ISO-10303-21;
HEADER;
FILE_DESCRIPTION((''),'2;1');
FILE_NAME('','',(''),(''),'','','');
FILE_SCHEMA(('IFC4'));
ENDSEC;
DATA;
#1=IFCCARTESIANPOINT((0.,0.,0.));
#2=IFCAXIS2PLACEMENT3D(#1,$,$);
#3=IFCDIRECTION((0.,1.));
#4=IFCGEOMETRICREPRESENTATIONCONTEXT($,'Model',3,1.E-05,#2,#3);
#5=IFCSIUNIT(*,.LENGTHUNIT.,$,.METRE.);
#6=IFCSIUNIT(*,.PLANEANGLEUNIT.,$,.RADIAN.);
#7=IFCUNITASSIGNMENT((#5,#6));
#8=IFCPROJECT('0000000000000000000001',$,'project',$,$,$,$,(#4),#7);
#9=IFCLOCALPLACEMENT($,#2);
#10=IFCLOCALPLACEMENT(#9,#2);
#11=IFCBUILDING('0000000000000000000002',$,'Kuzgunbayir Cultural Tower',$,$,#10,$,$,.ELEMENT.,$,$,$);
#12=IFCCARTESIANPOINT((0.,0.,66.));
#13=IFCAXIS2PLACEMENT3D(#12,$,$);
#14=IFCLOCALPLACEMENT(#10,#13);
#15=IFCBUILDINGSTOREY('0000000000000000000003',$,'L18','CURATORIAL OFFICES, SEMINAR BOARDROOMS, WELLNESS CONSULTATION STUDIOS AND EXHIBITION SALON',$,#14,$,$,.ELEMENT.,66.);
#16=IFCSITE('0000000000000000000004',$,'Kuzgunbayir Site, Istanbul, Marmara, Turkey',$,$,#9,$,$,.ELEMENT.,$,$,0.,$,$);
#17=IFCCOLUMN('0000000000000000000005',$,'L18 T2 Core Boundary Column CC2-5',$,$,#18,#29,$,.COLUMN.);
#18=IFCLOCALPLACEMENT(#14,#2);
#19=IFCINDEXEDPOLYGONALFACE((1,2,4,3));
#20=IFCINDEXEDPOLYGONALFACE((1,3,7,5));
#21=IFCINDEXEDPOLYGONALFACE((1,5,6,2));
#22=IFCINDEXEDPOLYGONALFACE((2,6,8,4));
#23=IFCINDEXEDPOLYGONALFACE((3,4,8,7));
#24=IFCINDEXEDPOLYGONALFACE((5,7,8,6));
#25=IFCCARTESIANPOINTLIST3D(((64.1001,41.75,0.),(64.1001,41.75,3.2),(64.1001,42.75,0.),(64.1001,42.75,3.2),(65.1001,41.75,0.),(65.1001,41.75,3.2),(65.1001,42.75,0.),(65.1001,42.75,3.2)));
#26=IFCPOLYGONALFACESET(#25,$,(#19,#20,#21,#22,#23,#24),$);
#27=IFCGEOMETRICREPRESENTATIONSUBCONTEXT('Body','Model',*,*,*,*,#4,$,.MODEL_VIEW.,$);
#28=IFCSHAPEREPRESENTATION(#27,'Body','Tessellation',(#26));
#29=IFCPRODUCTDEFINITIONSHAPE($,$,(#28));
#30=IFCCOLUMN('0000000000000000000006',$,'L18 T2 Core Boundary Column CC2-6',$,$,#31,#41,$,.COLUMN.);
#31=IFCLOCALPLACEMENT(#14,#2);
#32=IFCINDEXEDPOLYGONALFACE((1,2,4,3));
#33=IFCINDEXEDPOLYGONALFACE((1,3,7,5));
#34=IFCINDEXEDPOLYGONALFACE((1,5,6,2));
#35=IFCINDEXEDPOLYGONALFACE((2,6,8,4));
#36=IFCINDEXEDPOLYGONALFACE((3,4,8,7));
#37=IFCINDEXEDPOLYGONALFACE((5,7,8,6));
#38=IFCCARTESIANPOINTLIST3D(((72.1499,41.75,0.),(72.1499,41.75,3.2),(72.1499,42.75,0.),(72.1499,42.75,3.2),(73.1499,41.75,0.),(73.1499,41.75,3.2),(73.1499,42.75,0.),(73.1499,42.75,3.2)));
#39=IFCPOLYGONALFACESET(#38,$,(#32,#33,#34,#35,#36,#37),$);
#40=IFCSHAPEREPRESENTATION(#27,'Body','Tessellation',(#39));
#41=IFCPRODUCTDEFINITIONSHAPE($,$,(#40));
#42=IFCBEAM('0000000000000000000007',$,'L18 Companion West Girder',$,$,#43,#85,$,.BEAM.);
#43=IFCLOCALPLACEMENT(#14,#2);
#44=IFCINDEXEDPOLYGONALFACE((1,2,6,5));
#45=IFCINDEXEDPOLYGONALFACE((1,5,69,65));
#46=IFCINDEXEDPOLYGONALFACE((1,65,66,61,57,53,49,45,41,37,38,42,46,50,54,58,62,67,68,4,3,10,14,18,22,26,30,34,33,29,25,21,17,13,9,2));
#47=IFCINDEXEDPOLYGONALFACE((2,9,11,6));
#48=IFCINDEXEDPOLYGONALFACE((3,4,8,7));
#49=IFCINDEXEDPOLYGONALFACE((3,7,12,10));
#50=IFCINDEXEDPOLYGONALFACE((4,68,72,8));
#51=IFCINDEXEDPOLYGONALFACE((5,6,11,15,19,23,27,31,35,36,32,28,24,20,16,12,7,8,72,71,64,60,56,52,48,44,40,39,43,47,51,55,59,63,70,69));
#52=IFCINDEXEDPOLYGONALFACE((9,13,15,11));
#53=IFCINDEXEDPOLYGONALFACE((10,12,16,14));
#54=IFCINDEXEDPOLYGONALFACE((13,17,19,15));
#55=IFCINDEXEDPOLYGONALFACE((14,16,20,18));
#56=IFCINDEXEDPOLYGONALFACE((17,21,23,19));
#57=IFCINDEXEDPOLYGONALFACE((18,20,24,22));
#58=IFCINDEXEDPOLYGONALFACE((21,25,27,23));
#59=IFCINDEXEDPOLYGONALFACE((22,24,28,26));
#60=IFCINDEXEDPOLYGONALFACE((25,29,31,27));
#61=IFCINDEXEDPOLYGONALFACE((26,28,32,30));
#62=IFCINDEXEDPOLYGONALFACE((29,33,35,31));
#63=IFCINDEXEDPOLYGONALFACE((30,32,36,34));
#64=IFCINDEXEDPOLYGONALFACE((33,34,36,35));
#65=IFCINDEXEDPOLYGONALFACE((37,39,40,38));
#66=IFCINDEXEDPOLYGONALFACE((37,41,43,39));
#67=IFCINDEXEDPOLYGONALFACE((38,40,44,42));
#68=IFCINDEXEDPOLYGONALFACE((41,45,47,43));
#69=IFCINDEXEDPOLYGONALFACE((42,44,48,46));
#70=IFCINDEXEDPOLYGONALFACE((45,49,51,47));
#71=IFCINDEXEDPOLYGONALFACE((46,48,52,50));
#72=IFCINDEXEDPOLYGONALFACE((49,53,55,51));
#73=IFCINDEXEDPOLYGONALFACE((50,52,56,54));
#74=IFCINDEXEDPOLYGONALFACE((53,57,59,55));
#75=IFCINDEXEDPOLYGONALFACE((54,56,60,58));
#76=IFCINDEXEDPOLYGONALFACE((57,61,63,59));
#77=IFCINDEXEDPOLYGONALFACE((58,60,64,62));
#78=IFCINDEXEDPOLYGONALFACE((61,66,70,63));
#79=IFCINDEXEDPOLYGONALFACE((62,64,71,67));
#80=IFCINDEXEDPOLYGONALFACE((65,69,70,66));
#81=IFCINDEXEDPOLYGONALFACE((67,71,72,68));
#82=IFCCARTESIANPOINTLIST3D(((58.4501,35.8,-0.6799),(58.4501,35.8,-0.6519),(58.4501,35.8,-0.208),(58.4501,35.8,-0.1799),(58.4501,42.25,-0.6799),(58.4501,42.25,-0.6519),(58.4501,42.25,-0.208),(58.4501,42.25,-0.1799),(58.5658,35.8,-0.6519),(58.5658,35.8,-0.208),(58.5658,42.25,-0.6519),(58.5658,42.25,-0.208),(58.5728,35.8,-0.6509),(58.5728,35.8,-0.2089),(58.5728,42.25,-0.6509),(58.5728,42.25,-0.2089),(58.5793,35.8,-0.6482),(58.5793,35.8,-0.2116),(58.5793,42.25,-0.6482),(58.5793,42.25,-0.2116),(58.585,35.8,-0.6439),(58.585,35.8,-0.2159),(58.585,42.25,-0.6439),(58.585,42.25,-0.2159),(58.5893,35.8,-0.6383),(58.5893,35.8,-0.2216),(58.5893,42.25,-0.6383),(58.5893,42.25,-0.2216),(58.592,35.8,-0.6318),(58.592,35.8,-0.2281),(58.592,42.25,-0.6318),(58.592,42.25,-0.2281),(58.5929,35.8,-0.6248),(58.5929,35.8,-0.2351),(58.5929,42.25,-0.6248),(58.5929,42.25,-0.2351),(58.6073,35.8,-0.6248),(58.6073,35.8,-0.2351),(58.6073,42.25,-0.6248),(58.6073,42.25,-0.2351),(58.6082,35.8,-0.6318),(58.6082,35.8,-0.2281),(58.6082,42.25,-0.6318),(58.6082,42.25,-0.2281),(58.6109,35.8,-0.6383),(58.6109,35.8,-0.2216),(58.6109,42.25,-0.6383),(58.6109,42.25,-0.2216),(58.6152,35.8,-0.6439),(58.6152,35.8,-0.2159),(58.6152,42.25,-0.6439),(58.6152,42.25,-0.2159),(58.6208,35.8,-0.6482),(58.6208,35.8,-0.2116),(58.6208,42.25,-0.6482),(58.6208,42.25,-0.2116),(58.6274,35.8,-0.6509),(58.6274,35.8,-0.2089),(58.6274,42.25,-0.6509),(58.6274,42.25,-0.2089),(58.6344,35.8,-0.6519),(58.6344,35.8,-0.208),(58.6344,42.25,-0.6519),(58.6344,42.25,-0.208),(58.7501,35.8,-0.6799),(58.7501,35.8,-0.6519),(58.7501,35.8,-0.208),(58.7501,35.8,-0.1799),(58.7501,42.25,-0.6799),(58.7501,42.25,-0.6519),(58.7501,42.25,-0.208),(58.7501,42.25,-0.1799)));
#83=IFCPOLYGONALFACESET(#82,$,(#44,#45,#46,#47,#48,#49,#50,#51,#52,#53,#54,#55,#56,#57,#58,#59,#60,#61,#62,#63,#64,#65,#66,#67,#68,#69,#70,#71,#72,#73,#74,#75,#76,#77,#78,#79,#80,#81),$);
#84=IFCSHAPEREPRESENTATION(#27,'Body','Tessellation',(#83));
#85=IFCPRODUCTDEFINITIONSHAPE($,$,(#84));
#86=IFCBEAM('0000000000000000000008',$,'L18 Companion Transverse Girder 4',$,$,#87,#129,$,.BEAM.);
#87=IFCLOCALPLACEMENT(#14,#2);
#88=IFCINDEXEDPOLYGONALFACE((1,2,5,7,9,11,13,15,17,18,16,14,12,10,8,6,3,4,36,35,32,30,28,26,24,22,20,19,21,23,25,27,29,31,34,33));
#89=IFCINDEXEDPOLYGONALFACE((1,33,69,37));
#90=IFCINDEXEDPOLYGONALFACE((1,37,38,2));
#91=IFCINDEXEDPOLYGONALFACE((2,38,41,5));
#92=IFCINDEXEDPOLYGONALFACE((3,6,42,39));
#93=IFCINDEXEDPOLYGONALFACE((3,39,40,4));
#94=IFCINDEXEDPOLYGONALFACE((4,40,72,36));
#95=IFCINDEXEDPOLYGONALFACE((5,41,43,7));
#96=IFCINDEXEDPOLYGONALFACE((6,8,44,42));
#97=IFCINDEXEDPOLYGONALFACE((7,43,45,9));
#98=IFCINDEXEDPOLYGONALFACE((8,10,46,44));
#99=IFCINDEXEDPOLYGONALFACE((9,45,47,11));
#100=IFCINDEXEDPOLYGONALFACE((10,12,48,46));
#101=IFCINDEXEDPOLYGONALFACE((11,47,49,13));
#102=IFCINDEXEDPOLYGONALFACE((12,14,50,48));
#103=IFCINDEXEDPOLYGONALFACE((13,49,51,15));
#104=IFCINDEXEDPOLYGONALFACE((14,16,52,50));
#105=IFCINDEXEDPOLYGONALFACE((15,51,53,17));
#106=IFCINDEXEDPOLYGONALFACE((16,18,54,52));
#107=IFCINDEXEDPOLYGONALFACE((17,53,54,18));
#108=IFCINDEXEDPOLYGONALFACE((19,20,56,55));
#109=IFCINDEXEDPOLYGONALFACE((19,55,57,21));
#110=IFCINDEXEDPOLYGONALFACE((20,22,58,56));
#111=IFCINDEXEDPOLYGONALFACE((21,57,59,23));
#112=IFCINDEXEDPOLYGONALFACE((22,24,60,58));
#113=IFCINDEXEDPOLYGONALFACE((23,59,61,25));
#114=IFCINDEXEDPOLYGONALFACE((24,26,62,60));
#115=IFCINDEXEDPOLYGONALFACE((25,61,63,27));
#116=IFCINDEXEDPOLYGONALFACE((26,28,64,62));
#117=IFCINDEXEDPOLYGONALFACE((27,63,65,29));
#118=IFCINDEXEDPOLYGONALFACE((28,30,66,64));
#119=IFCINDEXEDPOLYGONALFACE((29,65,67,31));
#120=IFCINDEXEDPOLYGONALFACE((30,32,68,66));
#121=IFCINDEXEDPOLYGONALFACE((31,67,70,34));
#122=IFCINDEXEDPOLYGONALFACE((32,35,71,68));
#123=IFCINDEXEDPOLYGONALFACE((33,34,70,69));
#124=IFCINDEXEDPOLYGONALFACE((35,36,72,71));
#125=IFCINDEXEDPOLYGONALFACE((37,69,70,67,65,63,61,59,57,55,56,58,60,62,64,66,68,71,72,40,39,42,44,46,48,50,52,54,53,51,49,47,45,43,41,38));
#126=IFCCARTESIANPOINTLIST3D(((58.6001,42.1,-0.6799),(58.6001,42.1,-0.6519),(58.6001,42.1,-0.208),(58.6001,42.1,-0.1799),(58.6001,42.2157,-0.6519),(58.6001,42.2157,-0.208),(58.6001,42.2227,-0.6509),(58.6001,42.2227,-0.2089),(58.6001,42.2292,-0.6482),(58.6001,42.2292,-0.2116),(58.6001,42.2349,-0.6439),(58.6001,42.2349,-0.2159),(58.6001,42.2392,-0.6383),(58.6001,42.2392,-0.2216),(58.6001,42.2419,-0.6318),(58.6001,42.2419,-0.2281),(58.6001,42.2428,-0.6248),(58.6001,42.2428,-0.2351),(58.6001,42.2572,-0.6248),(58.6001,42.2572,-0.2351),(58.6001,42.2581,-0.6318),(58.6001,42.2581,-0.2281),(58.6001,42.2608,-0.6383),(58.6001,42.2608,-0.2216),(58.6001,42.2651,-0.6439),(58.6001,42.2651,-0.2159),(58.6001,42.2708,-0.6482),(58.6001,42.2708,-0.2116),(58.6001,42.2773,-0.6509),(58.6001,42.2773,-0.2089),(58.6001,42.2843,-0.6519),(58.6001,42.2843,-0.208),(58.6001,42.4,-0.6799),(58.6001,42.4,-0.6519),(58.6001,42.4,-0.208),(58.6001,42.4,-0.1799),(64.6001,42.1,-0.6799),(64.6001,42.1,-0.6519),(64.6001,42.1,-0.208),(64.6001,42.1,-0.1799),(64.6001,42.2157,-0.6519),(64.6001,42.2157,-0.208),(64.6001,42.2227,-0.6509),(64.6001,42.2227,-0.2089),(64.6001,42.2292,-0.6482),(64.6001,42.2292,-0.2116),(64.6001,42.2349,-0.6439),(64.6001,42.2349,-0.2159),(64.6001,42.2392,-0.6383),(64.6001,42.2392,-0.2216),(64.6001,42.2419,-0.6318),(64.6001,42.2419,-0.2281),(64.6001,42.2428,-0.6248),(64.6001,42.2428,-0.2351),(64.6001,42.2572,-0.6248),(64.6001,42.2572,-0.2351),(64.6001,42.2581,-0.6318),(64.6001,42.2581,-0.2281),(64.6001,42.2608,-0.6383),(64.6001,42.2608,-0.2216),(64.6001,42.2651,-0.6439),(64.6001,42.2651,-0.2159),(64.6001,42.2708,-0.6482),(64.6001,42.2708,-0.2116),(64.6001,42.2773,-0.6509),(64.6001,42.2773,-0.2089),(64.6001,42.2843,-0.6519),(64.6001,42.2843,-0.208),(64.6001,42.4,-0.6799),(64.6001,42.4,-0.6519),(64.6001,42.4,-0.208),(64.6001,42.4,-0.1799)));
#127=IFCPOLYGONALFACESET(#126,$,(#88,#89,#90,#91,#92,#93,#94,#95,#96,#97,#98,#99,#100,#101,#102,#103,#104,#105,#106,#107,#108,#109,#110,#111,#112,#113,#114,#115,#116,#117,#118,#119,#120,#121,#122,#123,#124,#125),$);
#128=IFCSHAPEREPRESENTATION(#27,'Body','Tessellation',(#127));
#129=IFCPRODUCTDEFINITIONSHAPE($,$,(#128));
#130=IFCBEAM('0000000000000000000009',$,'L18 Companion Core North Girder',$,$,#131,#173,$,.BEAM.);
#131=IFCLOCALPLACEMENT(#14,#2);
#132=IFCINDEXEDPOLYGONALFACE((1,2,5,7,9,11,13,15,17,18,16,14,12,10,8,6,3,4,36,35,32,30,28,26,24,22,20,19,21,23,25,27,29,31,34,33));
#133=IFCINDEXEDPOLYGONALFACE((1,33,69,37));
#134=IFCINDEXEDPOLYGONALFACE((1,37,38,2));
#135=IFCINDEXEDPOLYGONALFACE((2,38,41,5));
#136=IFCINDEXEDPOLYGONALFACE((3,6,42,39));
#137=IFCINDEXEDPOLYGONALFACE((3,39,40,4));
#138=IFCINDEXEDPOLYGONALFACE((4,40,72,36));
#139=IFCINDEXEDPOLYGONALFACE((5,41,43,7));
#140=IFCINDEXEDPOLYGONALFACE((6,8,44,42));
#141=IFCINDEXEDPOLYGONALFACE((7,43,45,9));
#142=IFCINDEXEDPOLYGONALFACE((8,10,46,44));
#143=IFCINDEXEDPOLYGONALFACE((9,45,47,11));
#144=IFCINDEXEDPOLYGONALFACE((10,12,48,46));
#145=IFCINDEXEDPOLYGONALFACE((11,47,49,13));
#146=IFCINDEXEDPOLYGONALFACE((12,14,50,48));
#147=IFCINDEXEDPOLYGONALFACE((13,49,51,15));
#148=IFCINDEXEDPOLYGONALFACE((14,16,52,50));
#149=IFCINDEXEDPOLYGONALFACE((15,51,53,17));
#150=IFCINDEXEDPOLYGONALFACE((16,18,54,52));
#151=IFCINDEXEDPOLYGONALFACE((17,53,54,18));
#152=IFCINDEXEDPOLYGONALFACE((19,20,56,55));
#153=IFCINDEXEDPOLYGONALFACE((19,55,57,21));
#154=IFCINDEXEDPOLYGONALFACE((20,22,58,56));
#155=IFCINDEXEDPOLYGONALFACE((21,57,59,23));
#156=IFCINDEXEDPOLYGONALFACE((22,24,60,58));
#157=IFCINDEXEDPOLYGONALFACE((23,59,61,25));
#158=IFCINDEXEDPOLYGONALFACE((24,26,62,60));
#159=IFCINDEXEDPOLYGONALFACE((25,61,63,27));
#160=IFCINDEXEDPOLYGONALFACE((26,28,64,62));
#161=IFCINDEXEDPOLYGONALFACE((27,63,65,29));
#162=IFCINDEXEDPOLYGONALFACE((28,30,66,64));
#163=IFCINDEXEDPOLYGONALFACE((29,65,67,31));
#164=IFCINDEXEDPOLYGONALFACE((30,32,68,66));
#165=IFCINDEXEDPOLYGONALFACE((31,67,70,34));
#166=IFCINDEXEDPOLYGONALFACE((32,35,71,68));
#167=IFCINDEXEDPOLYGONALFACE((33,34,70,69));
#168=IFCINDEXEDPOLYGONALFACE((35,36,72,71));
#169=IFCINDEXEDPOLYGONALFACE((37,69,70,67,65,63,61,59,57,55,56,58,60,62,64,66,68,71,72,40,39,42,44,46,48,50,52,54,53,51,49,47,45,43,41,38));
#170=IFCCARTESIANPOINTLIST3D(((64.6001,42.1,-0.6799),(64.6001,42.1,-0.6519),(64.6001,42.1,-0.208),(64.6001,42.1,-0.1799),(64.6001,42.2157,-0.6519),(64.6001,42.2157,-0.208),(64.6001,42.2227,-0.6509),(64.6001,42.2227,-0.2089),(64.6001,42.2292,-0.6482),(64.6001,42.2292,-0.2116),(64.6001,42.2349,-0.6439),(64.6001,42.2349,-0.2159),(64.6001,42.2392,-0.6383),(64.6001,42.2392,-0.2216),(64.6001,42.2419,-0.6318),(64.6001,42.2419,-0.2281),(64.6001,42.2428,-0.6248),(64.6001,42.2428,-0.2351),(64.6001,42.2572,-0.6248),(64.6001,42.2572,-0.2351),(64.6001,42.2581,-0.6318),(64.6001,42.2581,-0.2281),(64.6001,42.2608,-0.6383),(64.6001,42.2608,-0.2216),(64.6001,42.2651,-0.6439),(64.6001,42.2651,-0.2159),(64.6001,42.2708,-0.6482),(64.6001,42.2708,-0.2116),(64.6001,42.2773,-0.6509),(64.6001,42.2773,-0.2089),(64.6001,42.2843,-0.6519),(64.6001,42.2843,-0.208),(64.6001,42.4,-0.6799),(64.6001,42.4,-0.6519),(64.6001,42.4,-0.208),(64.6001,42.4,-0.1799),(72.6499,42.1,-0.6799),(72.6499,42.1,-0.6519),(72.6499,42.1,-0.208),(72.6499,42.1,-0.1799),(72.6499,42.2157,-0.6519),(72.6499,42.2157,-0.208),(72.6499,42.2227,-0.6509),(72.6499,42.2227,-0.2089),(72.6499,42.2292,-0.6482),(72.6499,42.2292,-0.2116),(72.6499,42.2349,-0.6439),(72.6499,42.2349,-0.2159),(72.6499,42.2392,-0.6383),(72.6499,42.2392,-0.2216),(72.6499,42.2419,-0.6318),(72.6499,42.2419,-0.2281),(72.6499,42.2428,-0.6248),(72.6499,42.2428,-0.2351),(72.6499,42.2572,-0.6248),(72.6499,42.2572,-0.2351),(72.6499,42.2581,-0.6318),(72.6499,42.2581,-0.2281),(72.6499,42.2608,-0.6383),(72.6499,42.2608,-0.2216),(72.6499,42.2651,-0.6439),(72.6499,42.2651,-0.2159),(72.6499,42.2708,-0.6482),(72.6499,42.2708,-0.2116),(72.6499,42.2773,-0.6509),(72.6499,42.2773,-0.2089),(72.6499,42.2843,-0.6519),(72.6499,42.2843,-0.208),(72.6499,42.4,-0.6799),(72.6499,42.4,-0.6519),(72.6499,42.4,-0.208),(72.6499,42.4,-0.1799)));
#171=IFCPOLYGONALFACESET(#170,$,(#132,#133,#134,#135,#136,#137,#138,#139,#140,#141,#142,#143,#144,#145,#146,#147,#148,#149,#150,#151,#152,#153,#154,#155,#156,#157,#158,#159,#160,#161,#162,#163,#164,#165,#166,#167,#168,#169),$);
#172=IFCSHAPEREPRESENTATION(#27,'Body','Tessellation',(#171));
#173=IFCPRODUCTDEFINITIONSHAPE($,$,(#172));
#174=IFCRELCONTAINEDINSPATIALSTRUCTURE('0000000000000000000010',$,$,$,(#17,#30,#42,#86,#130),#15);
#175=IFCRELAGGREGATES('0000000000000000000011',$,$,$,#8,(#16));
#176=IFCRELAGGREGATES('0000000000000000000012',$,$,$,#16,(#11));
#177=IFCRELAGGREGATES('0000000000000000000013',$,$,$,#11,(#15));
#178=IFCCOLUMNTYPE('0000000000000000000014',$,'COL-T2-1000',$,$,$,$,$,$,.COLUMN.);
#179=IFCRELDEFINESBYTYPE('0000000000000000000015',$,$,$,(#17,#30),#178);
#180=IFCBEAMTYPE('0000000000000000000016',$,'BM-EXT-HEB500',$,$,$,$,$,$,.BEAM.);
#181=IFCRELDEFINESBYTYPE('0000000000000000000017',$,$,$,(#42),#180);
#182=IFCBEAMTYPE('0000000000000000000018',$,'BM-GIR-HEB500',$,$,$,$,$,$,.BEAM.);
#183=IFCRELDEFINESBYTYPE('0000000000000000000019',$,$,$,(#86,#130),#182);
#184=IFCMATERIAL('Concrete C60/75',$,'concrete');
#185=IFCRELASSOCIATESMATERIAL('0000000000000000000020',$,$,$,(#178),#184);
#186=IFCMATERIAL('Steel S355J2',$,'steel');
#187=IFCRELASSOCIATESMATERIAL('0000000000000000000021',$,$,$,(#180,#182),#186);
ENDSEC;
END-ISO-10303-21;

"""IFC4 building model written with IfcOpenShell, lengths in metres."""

from ifc_helpers import new_model, si_unit, direction, frame, origin, origin_2d, place, context, subcontext, project, spatial, rectangle, i_section, extrude, material, material_profile, profile_set, type_object, element, save


model = new_model("IFC4")

# Units and contexts
model_context = context("Model", 3, precision=1e-05, world=origin(), true_north=direction((0.0, 1.0)))
body_context = subcontext(model_context, "Body", "Model", "MODEL_VIEW")
ifc_project = project(units=[si_unit("LENGTHUNIT", "METRE"), si_unit("PLANEANGLEUNIT", "RADIAN")], contexts=[model_context])

# Site, building, storey
site_placement = place(None, origin())
site = spatial("IfcSite", under=ifc_project, at=site_placement, Name="Kuzgunbayir Site, Istanbul, Marmara, Turkey", CompositionType="ELEMENT", RefElevation=0.0)
building_placement = place(site_placement, origin())
building = spatial("IfcBuilding", under=site, at=building_placement, Name="Kuzgunbayir Cultural Tower", CompositionType="ELEMENT")
storey_placement = place(building_placement, frame((0.0, 0.0, 66.0)))
storey = spatial("IfcBuildingStorey", under=building, at=storey_placement, Name="L18", Description="CURATORIAL OFFICES, SEMINAR BOARDROOMS, WELLNESS CONSULTATION STUDIOS AND EXHIBITION SALON", CompositionType="ELEMENT", Elevation=66.0)

# Columns
ifc_material_1 = material(Name="Concrete C60/75", Category="concrete")
ifc_material_profile_1 = material_profile(ifc_material_1, rectangle(XDim=1.0, YDim=1.0, at=origin_2d()), Name="RC 1000x1000")
ifc_profile_set_1 = profile_set([ifc_material_profile_1], Name="Concrete C60/75")
column_type = type_object("IfcColumnType", Name="COL-T2-1000", PredefinedType="COLUMN", material=ifc_profile_set_1)
for number, where, z_axis, x_axis, name in (
    (1, (64.6001, 42.25, 0.0), (0.0, 0.0, 1.0), (1.0, 0.0, 0.0), "L18 T2 Core Boundary Column CC2-5"),
    (2, (72.6499, 42.25, 0.0), (0.0, 0.0, 1.0), (1.0, 0.0, 0.0), "L18 T2 Core Boundary Column CC2-6"),
):
    element("IfcColumn", number, at=place(storey_placement, frame(where, z_axis=z_axis, x_axis=x_axis)), inside=storey, type_object=column_type, Name=name, PredefinedType="COLUMN", context=body_context, shape_type="SweptSolid", body=[
        extrude(rectangle(XDim=1.0, YDim=1.0, at=origin_2d()), origin(), (0.0, 0.0, 1.0), 3.2),
    ])

# Beams
ifc_material_2 = material(Name="Steel S355J2", Category="steel")
ifc_material_profile_2 = material_profile(ifc_material_2, i_section(OverallWidth=0.3, OverallDepth=0.5, WebThickness=0.0144, FlangeThickness=0.0281, FilletRadius=0.0271, at=origin_2d()), Name="HEB 500")
ifc_profile_set_2 = profile_set([ifc_material_profile_2], Name="Steel S355J2")
beam_type_1 = type_object("IfcBeamType", Name="BM-EXT-HEB500", PredefinedType="BEAM", material=ifc_profile_set_2)
beam_1_placement = place(storey_placement, frame((58.6001, 35.8, -0.4299), z_axis=(0.0, 1.0, 0.0), x_axis=(-1.0, 0.0, 0.0)))
element("IfcBeam", 3, at=beam_1_placement, inside=storey, type_object=beam_type_1, Name="L18 Companion West Girder", PredefinedType="BEAM", context=body_context, shape_type="SweptSolid", body=[
    extrude(i_section(OverallWidth=0.3, OverallDepth=0.5, WebThickness=0.0144, FlangeThickness=0.0281, FilletRadius=0.0271, at=origin_2d()), origin(), (0.0, 0.0, 1.0), 6.45),
])
ifc_material_profile_3 = material_profile(ifc_material_2, i_section(OverallWidth=0.3, OverallDepth=0.5, WebThickness=0.0144, FlangeThickness=0.0281, FilletRadius=0.0271, at=origin_2d()), Name="HEB 500")
ifc_profile_set_3 = profile_set([ifc_material_profile_3], Name="Steel S355J2")
beam_type_2 = type_object("IfcBeamType", Name="BM-GIR-HEB500", PredefinedType="BEAM", material=ifc_profile_set_3)
beam_2_placement = place(storey_placement, frame((58.6001, 42.25, -0.4299), z_axis=(1.0, 0.0, 0.0), x_axis=(0.0, 1.0, 0.0)))
element("IfcBeam", 4, at=beam_2_placement, inside=storey, type_object=beam_type_2, Name="L18 Companion Transverse Girder 4", PredefinedType="BEAM", context=body_context, shape_type="SweptSolid", body=[
    extrude(i_section(OverallWidth=0.3, OverallDepth=0.5, WebThickness=0.0144, FlangeThickness=0.0281, FilletRadius=0.0271, at=origin_2d()), origin(), (0.0, 0.0, 1.0), 6.0),
])
beam_3_placement = place(storey_placement, frame((64.6001, 42.25, -0.4299), z_axis=(1.0, 0.0, 0.0), x_axis=(0.0, 1.0, 0.0)))
element("IfcBeam", 5, at=beam_3_placement, inside=storey, type_object=beam_type_2, Name="L18 Companion Core North Girder", PredefinedType="BEAM", context=body_context, shape_type="SweptSolid", body=[
    extrude(i_section(OverallWidth=0.3, OverallDepth=0.5, WebThickness=0.0144, FlangeThickness=0.0281, FilletRadius=0.0271, at=origin_2d()), origin(), (0.0, 0.0, 1.0), 8.0498),
])

save(model, "model.ifc")
